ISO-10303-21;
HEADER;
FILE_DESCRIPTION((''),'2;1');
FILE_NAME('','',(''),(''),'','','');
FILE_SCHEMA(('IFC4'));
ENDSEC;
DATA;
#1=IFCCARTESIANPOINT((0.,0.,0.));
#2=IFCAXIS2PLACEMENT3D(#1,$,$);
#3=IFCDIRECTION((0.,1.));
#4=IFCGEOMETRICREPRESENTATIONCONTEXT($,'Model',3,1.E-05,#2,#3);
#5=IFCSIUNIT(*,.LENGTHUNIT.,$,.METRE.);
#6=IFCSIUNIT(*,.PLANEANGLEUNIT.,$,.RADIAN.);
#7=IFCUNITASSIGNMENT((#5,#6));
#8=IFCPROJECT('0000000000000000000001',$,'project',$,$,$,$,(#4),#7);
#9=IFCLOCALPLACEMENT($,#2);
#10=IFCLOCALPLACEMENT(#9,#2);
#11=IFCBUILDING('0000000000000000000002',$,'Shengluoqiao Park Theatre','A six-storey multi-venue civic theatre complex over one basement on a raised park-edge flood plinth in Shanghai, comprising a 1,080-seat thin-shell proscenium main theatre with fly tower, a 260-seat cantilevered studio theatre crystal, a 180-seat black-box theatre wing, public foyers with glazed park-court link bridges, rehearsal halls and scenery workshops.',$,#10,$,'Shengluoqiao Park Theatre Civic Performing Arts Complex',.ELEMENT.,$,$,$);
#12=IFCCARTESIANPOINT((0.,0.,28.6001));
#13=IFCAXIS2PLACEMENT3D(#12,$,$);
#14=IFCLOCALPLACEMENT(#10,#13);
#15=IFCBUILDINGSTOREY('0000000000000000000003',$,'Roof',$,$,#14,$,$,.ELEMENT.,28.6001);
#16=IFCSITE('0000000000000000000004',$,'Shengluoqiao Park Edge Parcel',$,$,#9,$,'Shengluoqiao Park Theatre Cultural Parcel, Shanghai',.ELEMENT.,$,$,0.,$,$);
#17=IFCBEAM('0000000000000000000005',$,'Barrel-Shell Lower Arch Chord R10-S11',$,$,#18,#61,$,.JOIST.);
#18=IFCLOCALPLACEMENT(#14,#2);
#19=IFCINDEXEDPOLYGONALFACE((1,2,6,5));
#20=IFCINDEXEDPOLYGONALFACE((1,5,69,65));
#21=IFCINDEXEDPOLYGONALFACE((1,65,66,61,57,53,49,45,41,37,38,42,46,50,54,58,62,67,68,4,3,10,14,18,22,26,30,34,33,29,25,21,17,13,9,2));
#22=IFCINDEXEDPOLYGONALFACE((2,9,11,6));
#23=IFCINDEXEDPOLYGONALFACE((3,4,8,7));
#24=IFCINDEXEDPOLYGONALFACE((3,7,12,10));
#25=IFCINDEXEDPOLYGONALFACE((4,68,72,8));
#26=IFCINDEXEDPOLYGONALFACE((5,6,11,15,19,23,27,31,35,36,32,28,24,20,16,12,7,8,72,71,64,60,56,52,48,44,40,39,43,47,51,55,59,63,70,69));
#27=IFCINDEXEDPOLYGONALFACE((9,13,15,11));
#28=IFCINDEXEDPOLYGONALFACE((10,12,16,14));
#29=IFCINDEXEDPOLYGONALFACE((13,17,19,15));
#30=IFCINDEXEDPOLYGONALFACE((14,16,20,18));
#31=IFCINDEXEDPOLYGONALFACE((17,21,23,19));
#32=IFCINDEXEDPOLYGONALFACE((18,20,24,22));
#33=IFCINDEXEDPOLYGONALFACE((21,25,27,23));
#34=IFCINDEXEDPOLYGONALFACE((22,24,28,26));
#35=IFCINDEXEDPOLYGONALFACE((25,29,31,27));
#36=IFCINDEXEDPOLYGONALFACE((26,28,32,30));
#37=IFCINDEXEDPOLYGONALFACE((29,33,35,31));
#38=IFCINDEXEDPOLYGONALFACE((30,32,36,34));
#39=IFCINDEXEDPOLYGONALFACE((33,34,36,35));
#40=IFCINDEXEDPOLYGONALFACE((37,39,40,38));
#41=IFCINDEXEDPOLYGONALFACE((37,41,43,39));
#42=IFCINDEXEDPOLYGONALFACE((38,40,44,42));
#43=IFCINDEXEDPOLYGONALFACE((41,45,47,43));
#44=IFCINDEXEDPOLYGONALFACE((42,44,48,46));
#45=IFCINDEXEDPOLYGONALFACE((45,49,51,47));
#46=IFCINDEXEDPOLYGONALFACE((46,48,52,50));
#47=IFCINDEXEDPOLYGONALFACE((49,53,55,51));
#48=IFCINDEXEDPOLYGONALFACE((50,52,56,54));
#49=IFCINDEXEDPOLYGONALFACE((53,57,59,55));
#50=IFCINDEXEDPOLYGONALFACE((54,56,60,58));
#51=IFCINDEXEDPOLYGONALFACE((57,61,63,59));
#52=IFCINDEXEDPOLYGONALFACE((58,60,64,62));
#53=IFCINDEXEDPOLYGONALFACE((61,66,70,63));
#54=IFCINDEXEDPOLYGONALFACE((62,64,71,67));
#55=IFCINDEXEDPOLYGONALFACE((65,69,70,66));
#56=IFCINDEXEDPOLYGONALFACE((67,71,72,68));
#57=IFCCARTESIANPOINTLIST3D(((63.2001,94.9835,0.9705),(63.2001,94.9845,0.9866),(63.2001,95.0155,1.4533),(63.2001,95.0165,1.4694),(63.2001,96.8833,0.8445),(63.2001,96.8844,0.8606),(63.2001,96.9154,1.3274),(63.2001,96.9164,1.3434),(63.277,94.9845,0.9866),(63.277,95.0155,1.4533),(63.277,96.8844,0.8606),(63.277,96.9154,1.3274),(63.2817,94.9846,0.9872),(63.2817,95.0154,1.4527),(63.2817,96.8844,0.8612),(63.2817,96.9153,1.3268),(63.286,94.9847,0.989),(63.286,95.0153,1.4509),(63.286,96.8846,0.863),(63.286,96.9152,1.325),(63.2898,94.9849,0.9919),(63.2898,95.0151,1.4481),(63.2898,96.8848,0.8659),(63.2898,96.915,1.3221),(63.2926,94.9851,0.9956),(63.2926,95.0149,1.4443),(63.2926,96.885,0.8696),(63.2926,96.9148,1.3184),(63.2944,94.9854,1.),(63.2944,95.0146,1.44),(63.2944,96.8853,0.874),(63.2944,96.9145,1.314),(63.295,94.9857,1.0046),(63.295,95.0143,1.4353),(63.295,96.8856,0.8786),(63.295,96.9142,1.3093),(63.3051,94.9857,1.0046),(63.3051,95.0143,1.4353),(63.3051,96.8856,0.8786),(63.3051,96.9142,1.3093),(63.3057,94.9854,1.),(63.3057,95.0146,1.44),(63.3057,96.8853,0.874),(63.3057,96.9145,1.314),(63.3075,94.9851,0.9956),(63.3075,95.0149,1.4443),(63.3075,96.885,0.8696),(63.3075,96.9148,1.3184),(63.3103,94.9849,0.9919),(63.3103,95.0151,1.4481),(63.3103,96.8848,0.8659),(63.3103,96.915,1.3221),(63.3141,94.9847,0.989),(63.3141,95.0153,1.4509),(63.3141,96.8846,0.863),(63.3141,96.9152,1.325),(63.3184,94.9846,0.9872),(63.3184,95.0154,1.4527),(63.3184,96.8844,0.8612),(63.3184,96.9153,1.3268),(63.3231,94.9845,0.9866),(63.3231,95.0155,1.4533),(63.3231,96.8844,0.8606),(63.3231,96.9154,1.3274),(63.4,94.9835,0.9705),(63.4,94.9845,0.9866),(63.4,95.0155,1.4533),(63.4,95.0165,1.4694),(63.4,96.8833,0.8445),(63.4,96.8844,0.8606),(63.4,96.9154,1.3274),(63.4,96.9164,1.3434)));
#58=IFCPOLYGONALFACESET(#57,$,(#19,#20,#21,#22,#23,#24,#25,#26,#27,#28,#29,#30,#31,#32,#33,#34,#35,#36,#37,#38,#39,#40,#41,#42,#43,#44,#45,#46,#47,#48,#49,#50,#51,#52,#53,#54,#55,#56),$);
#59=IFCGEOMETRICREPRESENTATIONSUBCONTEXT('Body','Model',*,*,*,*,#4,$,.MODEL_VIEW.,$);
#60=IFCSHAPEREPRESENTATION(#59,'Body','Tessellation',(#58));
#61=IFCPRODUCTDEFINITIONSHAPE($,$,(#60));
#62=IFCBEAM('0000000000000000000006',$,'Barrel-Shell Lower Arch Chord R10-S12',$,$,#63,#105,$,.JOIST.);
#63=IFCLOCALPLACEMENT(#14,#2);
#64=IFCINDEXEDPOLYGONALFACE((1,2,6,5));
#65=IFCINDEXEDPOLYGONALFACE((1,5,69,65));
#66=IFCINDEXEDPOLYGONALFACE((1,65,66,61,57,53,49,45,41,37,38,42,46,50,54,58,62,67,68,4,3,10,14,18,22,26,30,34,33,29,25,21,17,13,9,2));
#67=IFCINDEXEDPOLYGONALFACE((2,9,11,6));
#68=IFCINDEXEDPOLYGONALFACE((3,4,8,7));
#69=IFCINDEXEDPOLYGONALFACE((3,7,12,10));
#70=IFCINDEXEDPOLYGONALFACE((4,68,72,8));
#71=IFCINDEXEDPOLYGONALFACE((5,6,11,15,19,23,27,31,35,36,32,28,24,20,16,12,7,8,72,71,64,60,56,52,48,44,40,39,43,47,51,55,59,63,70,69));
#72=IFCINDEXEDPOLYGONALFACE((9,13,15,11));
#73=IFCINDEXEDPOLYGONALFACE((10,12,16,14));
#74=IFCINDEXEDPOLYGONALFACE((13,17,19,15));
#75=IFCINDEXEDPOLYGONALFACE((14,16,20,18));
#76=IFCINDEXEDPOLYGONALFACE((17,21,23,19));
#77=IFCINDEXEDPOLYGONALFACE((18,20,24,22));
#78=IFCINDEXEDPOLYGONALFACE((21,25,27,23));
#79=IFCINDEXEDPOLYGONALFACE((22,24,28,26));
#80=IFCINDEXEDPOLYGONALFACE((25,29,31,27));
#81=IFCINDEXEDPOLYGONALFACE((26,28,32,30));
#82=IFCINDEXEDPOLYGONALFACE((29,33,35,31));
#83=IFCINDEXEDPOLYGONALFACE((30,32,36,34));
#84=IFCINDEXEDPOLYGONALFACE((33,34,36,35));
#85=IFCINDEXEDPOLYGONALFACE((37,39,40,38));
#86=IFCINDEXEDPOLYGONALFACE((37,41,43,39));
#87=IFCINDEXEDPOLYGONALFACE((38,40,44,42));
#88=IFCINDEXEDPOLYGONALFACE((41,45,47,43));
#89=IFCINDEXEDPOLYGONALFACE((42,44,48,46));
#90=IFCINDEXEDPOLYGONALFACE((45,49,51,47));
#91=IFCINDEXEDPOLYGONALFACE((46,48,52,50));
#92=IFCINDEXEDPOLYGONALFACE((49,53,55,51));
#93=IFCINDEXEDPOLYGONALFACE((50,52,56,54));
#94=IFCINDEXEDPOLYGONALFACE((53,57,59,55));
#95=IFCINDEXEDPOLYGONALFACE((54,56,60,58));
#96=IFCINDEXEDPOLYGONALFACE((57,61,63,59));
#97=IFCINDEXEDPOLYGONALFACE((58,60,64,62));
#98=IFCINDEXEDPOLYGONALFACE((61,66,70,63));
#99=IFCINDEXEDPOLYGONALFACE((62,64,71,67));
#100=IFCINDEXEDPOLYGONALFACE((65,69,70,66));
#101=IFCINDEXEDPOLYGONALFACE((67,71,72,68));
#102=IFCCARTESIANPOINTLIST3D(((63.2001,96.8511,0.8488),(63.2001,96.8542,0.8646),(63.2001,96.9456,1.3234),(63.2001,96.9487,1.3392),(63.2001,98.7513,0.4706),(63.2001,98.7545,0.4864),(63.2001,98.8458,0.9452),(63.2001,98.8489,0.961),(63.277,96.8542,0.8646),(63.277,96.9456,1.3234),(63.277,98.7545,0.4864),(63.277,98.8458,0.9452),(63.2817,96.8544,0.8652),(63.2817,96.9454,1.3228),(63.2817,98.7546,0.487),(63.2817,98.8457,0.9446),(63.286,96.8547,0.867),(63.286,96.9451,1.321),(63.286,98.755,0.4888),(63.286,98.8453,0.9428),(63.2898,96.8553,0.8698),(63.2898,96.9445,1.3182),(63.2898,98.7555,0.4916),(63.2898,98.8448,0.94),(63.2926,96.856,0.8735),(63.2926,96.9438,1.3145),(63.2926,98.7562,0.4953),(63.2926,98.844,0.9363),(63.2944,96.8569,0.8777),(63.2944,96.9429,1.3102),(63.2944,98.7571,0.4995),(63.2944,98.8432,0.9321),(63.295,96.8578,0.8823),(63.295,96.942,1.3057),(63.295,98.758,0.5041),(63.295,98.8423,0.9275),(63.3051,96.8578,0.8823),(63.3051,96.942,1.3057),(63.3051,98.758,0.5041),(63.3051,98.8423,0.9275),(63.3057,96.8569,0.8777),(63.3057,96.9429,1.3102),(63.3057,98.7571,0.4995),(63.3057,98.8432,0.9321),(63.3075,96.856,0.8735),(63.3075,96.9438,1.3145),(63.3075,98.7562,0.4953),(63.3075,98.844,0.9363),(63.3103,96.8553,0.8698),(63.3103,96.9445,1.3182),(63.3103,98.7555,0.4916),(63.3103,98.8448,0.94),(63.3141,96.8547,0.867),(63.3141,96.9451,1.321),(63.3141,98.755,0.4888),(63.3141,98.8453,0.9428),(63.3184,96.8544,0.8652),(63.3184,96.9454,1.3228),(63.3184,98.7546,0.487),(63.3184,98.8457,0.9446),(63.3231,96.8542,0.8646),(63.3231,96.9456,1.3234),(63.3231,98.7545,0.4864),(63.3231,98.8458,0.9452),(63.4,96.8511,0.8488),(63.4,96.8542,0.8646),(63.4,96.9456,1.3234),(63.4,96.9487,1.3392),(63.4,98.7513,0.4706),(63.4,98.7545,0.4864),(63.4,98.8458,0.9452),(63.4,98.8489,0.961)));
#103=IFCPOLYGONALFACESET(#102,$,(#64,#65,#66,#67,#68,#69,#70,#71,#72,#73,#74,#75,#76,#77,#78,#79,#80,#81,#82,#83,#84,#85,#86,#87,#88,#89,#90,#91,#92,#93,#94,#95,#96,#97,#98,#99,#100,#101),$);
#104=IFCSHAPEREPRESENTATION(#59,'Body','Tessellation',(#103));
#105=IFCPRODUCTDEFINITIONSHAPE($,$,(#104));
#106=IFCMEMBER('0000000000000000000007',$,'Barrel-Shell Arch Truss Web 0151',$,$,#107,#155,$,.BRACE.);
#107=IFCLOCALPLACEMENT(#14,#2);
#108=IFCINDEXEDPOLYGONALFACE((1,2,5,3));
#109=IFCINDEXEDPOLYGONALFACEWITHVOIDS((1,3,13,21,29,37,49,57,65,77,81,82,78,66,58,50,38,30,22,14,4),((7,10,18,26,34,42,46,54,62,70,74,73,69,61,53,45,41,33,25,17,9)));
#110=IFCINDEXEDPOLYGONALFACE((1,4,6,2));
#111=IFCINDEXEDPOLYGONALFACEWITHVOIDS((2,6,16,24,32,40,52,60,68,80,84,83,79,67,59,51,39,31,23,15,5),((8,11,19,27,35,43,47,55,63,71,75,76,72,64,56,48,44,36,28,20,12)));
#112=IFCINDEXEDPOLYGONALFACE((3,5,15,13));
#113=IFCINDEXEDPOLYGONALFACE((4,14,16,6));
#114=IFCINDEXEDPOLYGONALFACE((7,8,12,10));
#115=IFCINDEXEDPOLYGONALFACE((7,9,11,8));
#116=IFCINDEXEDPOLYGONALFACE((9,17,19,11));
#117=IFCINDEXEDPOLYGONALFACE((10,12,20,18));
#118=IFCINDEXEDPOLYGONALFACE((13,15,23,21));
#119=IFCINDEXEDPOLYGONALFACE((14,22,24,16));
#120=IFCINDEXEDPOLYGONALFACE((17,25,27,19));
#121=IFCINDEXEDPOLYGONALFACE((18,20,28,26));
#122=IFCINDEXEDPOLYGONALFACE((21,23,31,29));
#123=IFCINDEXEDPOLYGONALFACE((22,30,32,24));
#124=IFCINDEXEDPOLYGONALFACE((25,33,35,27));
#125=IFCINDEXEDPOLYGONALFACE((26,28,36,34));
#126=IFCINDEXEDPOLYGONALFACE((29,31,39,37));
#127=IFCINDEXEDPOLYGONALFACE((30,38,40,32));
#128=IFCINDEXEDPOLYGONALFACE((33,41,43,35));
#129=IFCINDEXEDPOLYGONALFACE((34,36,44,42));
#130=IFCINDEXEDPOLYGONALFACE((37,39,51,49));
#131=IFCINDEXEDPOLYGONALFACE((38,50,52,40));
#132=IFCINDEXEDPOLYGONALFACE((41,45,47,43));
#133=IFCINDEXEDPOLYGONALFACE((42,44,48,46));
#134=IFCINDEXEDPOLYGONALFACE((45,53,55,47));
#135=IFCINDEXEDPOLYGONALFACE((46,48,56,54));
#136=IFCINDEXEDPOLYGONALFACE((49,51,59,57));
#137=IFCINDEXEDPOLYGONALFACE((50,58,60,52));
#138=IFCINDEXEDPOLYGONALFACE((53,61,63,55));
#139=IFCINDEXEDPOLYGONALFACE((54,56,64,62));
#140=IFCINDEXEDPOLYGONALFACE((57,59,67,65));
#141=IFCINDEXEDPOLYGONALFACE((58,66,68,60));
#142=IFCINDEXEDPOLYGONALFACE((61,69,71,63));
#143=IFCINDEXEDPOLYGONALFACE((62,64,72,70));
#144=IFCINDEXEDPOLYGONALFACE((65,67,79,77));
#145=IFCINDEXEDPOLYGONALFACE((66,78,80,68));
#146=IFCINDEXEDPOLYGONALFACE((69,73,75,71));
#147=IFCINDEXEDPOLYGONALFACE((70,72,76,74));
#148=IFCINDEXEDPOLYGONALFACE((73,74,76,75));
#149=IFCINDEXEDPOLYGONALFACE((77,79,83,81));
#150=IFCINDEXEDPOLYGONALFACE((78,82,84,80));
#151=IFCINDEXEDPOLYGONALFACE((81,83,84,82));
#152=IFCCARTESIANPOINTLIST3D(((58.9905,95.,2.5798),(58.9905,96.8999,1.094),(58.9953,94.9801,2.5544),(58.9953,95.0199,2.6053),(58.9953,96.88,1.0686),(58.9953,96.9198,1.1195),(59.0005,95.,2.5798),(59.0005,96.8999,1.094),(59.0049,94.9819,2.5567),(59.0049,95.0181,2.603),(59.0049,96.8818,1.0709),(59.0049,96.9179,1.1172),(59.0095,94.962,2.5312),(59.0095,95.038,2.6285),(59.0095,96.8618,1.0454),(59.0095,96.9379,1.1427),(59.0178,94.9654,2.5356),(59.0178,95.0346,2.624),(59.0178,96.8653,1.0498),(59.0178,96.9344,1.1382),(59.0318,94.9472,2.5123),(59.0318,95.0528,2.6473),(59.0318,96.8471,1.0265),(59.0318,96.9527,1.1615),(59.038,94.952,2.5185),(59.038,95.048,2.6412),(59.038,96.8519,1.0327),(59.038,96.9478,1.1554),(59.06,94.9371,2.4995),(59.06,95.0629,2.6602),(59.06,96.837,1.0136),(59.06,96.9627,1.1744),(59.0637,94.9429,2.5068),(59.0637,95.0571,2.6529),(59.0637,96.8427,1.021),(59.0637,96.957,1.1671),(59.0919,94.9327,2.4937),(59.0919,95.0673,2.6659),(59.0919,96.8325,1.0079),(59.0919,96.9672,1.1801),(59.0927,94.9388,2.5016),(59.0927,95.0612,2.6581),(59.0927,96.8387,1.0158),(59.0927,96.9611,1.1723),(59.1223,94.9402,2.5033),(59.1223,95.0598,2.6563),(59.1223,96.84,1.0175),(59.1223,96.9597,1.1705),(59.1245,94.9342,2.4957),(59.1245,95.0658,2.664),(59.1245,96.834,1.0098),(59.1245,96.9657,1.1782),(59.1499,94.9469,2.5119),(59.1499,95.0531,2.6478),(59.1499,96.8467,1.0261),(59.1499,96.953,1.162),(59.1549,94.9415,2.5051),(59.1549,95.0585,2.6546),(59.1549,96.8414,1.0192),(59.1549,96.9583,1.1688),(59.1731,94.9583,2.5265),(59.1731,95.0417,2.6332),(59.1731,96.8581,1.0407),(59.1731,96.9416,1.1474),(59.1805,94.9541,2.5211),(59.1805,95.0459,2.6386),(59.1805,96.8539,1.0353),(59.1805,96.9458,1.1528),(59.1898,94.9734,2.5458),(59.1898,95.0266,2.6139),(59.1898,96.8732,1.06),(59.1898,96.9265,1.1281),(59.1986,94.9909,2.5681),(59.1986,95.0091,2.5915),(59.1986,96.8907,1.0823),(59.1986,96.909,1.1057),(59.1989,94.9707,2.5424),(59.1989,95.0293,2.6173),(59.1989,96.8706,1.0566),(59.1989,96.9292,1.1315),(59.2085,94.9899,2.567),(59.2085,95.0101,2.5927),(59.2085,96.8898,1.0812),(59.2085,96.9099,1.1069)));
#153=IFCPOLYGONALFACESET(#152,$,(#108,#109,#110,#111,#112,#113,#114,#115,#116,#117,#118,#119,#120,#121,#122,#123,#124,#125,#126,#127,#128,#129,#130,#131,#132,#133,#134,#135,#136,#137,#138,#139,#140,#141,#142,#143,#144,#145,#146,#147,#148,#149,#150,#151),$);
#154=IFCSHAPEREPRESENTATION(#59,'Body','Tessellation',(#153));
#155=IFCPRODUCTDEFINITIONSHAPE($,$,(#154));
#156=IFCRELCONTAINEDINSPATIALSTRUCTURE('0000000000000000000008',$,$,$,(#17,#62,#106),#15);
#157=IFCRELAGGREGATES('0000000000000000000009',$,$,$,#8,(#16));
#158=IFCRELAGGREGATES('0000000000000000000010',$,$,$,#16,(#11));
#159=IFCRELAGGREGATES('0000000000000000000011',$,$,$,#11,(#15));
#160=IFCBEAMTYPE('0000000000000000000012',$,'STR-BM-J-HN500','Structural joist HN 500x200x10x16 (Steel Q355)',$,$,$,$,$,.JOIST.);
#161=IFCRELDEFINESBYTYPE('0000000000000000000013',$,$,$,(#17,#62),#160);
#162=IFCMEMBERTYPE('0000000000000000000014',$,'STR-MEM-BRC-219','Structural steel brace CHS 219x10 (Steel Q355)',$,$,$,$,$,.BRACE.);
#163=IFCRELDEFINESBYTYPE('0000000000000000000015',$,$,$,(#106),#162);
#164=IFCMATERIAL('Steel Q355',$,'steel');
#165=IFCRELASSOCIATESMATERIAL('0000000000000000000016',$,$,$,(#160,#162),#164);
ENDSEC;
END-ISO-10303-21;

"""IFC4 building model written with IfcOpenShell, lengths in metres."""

from ifc_helpers import new_model, si_unit, direction, frame, origin, origin_2d, place, context, subcontext, project, spatial, hollow_circle, i_section, extrude, material, material_profile, profile_set, type_object, element, save


model = new_model("IFC4")

# Units and contexts
model_context = context("Model", 3, precision=1e-05, world=origin(), true_north=direction((0.0, 1.0)))
body_context = subcontext(model_context, "Body", "Model", "MODEL_VIEW")
ifc_project = project(units=[si_unit("LENGTHUNIT", "METRE"), si_unit("PLANEANGLEUNIT", "RADIAN")], contexts=[model_context])

# Site, building, storey
site_placement = place(None, origin())
site = spatial("IfcSite", under=ifc_project, at=site_placement, Name="Shengluoqiao Park Edge Parcel", LongName="Shengluoqiao Park Theatre Cultural Parcel, Shanghai", CompositionType="ELEMENT", RefElevation=0.0)
building_placement = place(site_placement, origin())
building = spatial("IfcBuilding", under=site, at=building_placement, Name="Shengluoqiao Park Theatre", Description="A six-storey multi-venue civic theatre complex over one basement on a raised park-edge flood plinth in Shanghai, comprising a 1,080-seat thin-shell proscenium main theatre with fly tower, a 260-seat cantilevered studio theatre crystal, a 180-seat black-box theatre wing, public foyers with glazed park-court link bridges, rehearsal halls and scenery workshops.", LongName="Shengluoqiao Park Theatre Civic Performing Arts Complex", CompositionType="ELEMENT")
storey_placement = place(building_placement, frame((0.0, 0.0, 28.6001)))
storey = spatial("IfcBuildingStorey", under=building, at=storey_placement, Name="Roof", CompositionType="ELEMENT", Elevation=28.6001)

# Beams
ifc_material_1 = material(Name="Steel Q355", Category="steel")
ifc_material_profile_1 = material_profile(ifc_material_1, i_section(OverallWidth=0.2, OverallDepth=0.5, WebThickness=0.01, FlangeThickness=0.0161, FilletRadius=0.0181, at=origin_2d()), Name="HN 500x200x10x16")
ifc_profile_set_1 = profile_set([ifc_material_profile_1], Name="Steel Q355")
beam_type_1 = type_object("IfcBeamType", Name="STR-BM-J-HN500", Description="Structural joist HN 500x200x10x16 (Steel Q355)", PredefinedType="JOIST", material=ifc_profile_set_1)
beam_1_placement = place(storey_placement, frame((63.3, 95.0, 1.22), z_axis=(0.0, 0.997809, -0.066162), x_axis=(-1.0, 0.0, 0.0)))
element("IfcBeam", 1, at=beam_1_placement, inside=storey, type_object=beam_type_1, Name="Barrel-Shell Lower Arch Chord R10-S11", PredefinedType="JOIST", context=body_context, shape_type="SweptSolid", body=[
    extrude(i_section(OverallWidth=0.2, OverallDepth=0.5, WebThickness=0.01, FlangeThickness=0.0161, FilletRadius=0.0181, at=origin_2d()), origin(), (0.0, 0.0, 1.0), 1.9041),
])
beam_2_placement = place(storey_placement, frame((63.3, 96.8999, 1.094), z_axis=(0.0, 0.980764, -0.195195), x_axis=(-1.0, 0.0, 0.0)))
element("IfcBeam", 2, at=beam_2_placement, inside=storey, type_object=beam_type_1, Name="Barrel-Shell Lower Arch Chord R10-S12", PredefinedType="JOIST", context=body_context, shape_type="SweptSolid", body=[
    extrude(i_section(OverallWidth=0.2, OverallDepth=0.5, WebThickness=0.01, FlangeThickness=0.0161, FilletRadius=0.0181, at=origin_2d()), origin(), (0.0, 0.0, 1.0), 1.9375),
])

# Member
ifc_material_profile_2 = material_profile(ifc_material_1, hollow_circle(Radius=0.1096, WallThickness=0.01, at=origin_2d()), Name="CHS 219x10")
ifc_profile_set_2 = profile_set([ifc_material_profile_2], Name="Steel Q355")
member_type_1 = type_object("IfcMemberType", Name="STR-MEM-BRC-219", Description="Structural steel brace CHS 219x10 (Steel Q355)", PredefinedType="BRACE", material=ifc_profile_set_2)
member_1_placement = place(storey_placement, frame((59.1001, 95.0, 2.5798), z_axis=(0.0, 0.787714, -0.616041), x_axis=(-1.0, 0.0, 0.0)))
element("IfcMember", 3, at=member_1_placement, inside=storey, type_object=member_type_1, Name="Barrel-Shell Arch Truss Web 0151", PredefinedType="BRACE", context=body_context, shape_type="SweptSolid", body=[
    extrude(hollow_circle(Radius=0.1096, WallThickness=0.01, at=origin_2d()), origin(), (0.0, 0.0, 1.0), 2.4119),
])

save(model, "model.ifc")
